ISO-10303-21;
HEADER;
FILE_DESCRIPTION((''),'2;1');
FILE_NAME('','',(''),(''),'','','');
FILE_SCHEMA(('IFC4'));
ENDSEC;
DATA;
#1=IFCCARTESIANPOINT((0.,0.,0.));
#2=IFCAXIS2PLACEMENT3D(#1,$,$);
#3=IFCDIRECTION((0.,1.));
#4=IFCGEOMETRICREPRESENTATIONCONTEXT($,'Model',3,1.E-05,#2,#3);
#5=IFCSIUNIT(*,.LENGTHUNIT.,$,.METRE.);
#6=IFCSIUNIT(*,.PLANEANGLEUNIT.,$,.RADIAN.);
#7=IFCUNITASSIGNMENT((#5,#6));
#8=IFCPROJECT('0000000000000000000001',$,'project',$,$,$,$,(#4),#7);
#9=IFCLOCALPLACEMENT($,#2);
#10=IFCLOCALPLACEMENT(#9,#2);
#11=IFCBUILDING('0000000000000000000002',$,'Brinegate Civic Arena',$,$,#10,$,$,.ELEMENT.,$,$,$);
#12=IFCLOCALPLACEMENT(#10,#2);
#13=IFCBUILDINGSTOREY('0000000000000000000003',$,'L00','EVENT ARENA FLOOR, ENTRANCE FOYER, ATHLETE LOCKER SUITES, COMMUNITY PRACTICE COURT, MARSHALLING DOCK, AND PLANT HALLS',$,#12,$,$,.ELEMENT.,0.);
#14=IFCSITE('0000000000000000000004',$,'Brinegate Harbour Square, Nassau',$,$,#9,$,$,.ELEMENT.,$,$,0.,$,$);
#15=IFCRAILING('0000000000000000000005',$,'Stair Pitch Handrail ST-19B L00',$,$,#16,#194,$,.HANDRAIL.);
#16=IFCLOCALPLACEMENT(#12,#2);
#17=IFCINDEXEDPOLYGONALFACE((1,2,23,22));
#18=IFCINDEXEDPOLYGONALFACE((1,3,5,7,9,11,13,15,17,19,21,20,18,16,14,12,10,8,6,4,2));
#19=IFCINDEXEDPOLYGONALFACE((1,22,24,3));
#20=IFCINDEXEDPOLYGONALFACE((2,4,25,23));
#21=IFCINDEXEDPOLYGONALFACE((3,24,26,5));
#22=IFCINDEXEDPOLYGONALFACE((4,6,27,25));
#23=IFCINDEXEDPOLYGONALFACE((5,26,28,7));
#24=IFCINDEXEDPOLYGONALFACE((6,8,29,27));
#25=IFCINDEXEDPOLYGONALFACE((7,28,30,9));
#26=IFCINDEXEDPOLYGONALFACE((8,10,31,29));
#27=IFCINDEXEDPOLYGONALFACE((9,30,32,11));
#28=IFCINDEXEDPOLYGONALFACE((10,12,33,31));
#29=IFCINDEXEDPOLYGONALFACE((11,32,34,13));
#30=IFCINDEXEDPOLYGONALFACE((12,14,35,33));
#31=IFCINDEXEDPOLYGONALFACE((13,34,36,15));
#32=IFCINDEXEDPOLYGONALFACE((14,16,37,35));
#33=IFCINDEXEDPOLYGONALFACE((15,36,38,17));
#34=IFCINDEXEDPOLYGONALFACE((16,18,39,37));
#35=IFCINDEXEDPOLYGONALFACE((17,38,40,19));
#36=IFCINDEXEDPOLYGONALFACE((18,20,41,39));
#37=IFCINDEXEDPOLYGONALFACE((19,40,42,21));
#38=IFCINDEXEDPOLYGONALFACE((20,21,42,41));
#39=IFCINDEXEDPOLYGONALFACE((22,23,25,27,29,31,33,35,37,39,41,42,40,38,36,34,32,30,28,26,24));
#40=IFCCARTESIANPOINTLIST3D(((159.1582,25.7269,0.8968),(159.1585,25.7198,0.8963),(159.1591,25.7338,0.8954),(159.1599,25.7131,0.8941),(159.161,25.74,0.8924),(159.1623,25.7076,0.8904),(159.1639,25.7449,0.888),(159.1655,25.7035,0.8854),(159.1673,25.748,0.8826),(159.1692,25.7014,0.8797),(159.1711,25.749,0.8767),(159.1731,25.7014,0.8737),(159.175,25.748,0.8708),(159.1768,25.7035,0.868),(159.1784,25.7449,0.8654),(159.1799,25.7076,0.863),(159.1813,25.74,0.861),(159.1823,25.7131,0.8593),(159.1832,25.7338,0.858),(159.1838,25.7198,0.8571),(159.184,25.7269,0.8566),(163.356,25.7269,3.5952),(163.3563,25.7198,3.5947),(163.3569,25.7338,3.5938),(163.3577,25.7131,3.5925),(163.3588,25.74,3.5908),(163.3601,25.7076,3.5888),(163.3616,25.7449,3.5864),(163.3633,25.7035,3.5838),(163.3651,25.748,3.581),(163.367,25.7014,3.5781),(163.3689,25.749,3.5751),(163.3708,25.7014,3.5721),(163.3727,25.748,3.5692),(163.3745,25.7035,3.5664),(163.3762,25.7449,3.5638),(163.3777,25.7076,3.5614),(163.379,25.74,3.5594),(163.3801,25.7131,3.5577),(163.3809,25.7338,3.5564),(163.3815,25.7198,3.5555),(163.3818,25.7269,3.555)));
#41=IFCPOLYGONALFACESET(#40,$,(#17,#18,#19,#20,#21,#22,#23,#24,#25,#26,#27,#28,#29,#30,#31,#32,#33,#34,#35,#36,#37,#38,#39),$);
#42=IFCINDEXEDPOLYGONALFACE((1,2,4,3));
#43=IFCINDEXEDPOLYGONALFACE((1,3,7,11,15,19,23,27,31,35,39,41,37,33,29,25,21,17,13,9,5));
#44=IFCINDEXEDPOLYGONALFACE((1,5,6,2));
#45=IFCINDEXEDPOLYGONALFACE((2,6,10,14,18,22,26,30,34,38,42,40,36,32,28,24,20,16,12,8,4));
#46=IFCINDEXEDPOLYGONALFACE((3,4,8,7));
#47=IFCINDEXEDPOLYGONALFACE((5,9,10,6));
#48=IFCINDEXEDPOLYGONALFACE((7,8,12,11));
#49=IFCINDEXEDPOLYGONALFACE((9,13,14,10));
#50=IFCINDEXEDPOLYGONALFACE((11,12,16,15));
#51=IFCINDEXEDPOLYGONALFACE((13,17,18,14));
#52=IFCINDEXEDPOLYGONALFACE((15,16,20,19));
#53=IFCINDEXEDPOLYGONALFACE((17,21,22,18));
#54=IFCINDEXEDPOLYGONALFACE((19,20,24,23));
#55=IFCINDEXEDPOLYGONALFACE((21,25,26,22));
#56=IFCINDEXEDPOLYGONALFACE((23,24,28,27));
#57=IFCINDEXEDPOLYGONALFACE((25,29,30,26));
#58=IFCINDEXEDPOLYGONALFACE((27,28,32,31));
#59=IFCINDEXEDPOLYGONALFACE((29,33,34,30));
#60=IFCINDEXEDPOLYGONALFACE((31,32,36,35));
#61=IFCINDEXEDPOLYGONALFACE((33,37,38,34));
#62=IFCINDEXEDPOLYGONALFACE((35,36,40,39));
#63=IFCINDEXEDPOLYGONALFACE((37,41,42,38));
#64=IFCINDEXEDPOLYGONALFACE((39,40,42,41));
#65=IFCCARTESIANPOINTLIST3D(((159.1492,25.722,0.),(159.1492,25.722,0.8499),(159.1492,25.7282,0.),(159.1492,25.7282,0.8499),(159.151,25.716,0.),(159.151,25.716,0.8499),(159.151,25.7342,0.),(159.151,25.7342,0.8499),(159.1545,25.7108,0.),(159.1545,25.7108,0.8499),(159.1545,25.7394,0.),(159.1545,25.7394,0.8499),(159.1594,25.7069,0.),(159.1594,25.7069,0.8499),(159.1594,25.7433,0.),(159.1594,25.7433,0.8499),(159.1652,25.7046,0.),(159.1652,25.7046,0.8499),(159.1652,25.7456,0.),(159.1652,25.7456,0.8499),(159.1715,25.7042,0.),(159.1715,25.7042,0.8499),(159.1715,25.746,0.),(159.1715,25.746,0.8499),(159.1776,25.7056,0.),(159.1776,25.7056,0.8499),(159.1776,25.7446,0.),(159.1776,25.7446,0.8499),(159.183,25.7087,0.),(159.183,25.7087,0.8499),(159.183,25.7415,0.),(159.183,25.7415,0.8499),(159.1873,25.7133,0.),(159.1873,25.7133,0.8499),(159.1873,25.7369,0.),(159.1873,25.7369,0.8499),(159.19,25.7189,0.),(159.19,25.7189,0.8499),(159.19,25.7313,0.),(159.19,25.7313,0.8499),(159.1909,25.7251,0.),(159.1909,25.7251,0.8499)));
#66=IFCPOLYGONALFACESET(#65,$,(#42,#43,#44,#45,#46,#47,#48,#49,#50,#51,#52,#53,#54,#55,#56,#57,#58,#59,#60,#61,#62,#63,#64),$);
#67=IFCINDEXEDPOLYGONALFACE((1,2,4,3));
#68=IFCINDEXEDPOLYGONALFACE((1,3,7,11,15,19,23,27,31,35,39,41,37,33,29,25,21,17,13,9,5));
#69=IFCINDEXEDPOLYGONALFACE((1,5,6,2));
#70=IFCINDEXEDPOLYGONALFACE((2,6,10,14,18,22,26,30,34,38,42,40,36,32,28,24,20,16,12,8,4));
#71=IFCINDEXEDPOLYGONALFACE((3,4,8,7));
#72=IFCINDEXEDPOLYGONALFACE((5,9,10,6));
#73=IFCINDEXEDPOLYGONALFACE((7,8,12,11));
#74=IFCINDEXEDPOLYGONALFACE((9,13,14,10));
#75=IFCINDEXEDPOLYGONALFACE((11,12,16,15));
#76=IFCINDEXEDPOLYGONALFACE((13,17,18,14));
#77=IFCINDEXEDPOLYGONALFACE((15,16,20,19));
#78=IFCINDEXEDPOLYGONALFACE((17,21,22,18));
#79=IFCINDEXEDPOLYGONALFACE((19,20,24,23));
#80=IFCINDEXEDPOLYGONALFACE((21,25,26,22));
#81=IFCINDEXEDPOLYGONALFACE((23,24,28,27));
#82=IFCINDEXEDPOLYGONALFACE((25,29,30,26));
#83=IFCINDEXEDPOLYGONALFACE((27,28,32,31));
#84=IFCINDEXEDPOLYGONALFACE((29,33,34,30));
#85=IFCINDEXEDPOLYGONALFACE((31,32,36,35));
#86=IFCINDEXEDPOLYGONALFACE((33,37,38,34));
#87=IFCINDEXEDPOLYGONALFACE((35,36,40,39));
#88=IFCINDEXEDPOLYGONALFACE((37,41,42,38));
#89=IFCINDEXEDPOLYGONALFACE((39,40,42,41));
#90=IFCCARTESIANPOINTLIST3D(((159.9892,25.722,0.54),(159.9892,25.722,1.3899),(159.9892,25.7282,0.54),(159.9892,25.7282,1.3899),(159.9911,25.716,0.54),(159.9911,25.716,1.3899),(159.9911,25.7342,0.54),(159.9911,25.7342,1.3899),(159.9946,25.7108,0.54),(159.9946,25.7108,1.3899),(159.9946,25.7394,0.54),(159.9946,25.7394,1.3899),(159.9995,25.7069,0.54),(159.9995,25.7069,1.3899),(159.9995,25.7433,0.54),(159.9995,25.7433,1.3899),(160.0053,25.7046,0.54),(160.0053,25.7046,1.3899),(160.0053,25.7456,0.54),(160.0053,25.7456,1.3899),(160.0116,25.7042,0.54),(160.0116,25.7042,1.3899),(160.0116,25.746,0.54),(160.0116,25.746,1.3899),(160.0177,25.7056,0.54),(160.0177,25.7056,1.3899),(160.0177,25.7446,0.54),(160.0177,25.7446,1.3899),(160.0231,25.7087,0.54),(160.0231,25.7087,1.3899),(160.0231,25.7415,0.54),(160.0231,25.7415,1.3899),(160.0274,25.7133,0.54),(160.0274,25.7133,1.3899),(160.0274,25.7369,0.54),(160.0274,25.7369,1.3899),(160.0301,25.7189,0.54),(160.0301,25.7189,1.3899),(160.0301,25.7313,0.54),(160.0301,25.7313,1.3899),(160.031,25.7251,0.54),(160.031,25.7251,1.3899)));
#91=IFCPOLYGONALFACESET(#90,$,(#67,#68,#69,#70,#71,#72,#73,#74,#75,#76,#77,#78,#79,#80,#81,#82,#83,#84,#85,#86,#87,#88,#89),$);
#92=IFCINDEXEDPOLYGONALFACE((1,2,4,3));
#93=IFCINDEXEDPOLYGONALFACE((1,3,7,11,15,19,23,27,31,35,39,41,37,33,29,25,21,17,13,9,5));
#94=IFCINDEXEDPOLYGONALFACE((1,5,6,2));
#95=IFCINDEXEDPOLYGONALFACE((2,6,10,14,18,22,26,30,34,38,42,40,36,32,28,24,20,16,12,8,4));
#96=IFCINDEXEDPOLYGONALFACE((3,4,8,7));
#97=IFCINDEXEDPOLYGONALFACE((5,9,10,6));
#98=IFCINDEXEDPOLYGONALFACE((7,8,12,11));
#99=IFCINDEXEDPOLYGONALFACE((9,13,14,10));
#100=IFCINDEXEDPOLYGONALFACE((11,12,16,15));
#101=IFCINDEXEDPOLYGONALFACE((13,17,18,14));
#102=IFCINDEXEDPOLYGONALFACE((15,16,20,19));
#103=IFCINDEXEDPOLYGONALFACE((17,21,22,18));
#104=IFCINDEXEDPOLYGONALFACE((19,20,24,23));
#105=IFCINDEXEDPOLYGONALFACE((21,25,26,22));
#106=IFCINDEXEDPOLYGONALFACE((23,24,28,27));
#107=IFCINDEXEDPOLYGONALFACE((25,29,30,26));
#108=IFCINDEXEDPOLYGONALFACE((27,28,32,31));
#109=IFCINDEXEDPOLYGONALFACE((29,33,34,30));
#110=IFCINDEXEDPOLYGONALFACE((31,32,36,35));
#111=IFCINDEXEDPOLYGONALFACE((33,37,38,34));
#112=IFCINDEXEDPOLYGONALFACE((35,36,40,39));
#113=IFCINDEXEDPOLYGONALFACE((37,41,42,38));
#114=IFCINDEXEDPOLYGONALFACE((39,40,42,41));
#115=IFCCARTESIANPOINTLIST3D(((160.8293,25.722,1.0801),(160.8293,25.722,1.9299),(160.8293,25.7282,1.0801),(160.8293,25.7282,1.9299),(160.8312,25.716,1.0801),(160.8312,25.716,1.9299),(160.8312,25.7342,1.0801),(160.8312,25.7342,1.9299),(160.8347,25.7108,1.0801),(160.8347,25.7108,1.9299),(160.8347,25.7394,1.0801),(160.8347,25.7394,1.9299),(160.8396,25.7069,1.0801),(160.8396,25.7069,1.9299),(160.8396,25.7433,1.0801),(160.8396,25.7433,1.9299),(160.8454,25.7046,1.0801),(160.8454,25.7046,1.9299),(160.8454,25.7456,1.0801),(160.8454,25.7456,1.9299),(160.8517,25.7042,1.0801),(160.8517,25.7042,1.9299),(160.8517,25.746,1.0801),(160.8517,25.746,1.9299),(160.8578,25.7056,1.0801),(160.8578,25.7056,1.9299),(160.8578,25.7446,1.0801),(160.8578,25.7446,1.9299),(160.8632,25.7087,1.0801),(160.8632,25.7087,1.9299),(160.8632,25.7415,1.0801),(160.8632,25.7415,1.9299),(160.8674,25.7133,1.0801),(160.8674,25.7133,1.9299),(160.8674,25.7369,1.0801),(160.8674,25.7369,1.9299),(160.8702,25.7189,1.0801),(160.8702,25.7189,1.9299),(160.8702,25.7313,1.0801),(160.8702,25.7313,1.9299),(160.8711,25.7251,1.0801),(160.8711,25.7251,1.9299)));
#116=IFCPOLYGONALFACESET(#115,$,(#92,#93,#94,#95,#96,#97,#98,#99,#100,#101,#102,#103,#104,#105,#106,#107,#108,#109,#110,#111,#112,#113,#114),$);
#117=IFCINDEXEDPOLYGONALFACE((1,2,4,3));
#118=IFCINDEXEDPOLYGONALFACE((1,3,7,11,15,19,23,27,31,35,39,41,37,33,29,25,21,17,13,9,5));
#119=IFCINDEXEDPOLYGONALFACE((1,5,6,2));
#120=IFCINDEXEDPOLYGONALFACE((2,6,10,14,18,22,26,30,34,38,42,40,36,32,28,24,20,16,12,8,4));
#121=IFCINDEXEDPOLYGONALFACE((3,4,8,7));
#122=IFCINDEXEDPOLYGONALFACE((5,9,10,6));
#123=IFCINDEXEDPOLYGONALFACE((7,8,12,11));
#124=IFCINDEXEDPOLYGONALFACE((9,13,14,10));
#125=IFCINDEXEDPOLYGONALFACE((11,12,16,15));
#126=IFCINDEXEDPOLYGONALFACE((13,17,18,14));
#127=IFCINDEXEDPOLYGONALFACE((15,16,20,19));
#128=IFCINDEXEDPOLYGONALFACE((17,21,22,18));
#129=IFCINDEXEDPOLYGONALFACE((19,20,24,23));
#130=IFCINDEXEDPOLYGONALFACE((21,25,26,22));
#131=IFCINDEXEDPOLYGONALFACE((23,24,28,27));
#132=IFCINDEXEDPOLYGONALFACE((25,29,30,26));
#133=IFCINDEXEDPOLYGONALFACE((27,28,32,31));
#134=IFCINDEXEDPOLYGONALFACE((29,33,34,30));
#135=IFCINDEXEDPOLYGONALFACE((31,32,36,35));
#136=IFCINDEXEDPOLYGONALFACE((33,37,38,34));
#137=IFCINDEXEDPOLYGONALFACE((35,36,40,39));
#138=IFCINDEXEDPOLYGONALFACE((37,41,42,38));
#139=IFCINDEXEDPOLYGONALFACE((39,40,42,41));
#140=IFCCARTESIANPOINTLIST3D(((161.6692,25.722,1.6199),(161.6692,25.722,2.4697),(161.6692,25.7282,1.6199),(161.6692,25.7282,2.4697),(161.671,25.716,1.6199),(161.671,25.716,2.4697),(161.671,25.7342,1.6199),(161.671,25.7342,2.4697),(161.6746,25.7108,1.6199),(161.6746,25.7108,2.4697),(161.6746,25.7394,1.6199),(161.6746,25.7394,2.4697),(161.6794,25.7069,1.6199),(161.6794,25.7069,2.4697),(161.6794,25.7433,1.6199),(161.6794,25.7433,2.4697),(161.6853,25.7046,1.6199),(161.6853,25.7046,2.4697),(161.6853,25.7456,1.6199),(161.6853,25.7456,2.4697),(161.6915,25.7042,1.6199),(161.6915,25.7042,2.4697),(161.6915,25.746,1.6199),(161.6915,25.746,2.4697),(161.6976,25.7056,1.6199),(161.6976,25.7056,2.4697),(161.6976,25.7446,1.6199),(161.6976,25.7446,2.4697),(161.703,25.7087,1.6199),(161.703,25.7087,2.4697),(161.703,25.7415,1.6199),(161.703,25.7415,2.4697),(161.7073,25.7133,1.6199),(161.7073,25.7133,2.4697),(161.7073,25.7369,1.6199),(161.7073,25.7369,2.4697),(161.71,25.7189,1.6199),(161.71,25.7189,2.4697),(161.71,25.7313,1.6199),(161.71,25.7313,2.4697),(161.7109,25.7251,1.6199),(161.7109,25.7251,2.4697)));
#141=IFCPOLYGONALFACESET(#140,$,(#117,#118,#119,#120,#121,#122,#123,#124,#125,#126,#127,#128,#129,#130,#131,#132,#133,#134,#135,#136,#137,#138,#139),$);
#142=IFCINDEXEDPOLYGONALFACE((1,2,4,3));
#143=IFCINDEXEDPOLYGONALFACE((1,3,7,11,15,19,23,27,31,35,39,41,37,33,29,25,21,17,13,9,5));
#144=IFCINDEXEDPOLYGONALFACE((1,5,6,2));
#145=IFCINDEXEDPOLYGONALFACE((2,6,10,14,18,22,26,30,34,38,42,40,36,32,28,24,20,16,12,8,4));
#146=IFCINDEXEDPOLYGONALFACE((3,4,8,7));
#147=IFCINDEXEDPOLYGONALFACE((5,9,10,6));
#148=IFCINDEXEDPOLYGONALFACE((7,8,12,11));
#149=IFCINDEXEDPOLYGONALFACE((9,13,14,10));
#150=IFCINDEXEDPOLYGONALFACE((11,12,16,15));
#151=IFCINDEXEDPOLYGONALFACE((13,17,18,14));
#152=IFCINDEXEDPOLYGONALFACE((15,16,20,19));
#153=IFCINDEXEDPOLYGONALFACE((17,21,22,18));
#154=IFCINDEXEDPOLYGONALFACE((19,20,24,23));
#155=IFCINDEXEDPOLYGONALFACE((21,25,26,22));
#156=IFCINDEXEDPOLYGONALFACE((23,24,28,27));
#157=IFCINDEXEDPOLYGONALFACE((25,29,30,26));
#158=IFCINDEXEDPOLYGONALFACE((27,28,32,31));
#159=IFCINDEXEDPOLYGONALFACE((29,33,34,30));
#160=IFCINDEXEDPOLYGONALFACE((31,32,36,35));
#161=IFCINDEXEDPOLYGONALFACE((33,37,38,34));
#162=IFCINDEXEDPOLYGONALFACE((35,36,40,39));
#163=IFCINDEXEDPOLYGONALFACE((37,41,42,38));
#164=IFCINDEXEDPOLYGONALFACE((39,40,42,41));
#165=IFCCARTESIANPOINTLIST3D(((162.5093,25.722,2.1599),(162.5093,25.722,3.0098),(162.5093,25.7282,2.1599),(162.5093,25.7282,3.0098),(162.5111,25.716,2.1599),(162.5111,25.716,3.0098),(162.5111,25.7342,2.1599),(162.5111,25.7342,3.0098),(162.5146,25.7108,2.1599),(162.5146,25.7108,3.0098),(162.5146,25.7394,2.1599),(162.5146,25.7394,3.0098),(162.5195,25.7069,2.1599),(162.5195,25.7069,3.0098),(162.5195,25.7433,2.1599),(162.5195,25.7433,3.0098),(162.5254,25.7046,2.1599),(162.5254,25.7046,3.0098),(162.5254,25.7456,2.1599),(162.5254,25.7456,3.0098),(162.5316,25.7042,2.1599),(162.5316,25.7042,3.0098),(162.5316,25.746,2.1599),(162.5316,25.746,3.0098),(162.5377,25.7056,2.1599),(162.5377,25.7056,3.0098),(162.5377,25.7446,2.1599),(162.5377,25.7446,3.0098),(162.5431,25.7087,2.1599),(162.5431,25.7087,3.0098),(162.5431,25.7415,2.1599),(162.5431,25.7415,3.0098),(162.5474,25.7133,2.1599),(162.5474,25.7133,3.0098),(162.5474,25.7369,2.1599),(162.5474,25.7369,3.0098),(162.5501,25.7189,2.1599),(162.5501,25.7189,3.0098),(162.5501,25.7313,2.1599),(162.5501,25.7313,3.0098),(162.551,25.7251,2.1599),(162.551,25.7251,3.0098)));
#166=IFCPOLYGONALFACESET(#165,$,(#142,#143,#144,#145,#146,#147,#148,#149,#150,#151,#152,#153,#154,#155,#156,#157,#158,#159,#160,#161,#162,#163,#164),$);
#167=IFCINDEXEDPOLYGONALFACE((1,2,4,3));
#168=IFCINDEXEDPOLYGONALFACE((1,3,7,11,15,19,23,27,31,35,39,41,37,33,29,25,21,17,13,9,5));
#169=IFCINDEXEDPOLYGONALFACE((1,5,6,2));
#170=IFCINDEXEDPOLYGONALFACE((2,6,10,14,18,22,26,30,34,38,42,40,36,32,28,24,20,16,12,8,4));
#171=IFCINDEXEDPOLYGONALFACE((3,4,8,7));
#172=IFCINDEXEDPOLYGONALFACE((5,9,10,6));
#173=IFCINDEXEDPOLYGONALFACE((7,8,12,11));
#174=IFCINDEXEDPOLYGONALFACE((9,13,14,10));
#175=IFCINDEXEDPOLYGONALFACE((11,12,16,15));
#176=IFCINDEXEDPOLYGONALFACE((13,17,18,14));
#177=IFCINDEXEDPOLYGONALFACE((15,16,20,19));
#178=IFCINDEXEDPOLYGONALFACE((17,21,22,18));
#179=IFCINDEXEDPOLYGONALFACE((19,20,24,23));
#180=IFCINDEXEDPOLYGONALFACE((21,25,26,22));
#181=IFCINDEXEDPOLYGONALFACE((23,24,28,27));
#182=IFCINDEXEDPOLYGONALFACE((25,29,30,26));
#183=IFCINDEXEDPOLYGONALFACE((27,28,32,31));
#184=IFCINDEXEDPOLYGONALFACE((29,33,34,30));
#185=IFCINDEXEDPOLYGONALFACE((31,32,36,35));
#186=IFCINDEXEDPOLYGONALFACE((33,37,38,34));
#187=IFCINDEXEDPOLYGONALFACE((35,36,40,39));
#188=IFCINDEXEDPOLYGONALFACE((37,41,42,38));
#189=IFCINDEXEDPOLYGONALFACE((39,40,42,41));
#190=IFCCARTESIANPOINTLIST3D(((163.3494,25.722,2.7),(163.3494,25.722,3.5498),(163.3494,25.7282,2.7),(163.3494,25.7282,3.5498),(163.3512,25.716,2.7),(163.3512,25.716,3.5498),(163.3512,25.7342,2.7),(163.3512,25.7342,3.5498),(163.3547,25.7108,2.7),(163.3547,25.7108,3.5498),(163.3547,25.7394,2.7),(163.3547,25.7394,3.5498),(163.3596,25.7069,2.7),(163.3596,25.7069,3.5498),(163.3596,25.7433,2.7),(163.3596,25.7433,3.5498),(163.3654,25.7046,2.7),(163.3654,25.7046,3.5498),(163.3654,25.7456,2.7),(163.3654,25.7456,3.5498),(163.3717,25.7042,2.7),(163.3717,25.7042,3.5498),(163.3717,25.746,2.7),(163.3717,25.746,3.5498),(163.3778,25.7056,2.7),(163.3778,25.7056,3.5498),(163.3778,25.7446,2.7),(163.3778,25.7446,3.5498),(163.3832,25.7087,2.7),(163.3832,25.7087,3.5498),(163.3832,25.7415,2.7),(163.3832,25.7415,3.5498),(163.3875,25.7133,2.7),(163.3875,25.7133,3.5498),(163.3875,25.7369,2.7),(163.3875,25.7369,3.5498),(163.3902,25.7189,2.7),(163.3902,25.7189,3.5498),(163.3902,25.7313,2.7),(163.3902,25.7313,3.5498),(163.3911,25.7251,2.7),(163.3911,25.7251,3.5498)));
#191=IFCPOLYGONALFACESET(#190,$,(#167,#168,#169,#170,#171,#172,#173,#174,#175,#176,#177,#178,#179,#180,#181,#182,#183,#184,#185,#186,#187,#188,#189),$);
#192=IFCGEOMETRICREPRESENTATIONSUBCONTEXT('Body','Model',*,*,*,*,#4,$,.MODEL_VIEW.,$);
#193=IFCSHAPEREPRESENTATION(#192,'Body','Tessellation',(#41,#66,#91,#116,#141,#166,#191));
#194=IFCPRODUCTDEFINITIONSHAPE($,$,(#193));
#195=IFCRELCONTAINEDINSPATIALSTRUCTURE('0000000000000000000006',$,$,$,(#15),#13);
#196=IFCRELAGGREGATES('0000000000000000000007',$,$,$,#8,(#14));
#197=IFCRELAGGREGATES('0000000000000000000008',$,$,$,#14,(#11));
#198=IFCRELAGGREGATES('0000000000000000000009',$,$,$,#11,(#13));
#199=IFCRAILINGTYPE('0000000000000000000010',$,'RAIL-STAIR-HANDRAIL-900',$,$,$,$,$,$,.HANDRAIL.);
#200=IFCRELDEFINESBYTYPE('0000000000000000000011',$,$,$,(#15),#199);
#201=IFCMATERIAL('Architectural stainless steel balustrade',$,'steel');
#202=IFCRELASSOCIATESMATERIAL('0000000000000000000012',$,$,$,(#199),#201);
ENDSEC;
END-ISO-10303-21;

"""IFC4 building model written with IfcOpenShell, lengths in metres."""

from ifc_helpers import new_model, si_unit, direction, frame, origin, origin_2d, place, context, subcontext, project, spatial, circle, extrude, material, type_object, element, save


model = new_model("IFC4")

# Units and contexts
model_context = context("Model", 3, precision=1e-05, world=origin(), true_north=direction((0.0, 1.0)))
body_context = subcontext(model_context, "Body", "Model", "MODEL_VIEW")
ifc_project = project(units=[si_unit("LENGTHUNIT", "METRE"), si_unit("PLANEANGLEUNIT", "RADIAN")], contexts=[model_context])

# Site, building, storey
site_placement = place(None, origin())
site = spatial("IfcSite", under=ifc_project, at=site_placement, Name="Brinegate Harbour Square, Nassau", CompositionType="ELEMENT", RefElevation=0.0)
building_placement = place(site_placement, origin())
building = spatial("IfcBuilding", under=site, at=building_placement, Name="Brinegate Civic Arena", CompositionType="ELEMENT")
storey_placement = place(building_placement, origin())
storey = spatial("IfcBuildingStorey", under=building, at=storey_placement, Name="L00", Description="EVENT ARENA FLOOR, ENTRANCE FOYER, ATHLETE LOCKER SUITES, COMMUNITY PRACTICE COURT, MARSHALLING DOCK, AND PLANT HALLS", CompositionType="ELEMENT", Elevation=0.0)

# Railing
ifc_material_1 = material(Name="Architectural stainless steel balustrade", Category="steel")
railing_type = type_object("IfcRailingType", Name="RAIL-STAIR-HANDRAIL-900", PredefinedType="HANDRAIL", material=ifc_material_1)
for number, where, name in (
    (1, (159.1699, 25.7251, 0.0), "Stair Pitch Handrail ST-19B L00"),
):
    element("IfcRailing", number, at=place(storey_placement, frame(where)), inside=storey, type_object=railing_type, Name=name, PredefinedType="HANDRAIL", context=body_context, shape_type="SweptSolid", body=[
        extrude(circle(Radius=0.0239, at=origin_2d()), frame((0.0012, 0.0, 0.8767), z_axis=(0.841194, 0.0, 0.540733), x_axis=(0.0, 1.0, 0.0)), (0.0, 0.0, 1.0), 4.9902),
        extrude(circle(Radius=0.021, at=origin_2d()), origin(), (0.0, 0.0, 1.0), 0.8499),
        extrude(circle(Radius=0.021, at=origin_2d()), frame((0.8401, 0.0, 0.54)), (0.0, 0.0, 1.0), 0.8499),
        extrude(circle(Radius=0.021, at=origin_2d()), frame((1.6802, 0.0, 1.0801)), (0.0, 0.0, 1.0), 0.8499),
        extrude(circle(Radius=0.021, at=origin_2d()), frame((2.52, 0.0, 1.6199)), (0.0, 0.0, 1.0), 0.8499),
        extrude(circle(Radius=0.021, at=origin_2d()), frame((3.3601, 0.0, 2.1599)), (0.0, 0.0, 1.0), 0.8499),
        extrude(circle(Radius=0.021, at=origin_2d()), frame((4.2002, 0.0, 2.7)), (0.0, 0.0, 1.0), 0.8499),
    ])

save(model, "model.ifc")
